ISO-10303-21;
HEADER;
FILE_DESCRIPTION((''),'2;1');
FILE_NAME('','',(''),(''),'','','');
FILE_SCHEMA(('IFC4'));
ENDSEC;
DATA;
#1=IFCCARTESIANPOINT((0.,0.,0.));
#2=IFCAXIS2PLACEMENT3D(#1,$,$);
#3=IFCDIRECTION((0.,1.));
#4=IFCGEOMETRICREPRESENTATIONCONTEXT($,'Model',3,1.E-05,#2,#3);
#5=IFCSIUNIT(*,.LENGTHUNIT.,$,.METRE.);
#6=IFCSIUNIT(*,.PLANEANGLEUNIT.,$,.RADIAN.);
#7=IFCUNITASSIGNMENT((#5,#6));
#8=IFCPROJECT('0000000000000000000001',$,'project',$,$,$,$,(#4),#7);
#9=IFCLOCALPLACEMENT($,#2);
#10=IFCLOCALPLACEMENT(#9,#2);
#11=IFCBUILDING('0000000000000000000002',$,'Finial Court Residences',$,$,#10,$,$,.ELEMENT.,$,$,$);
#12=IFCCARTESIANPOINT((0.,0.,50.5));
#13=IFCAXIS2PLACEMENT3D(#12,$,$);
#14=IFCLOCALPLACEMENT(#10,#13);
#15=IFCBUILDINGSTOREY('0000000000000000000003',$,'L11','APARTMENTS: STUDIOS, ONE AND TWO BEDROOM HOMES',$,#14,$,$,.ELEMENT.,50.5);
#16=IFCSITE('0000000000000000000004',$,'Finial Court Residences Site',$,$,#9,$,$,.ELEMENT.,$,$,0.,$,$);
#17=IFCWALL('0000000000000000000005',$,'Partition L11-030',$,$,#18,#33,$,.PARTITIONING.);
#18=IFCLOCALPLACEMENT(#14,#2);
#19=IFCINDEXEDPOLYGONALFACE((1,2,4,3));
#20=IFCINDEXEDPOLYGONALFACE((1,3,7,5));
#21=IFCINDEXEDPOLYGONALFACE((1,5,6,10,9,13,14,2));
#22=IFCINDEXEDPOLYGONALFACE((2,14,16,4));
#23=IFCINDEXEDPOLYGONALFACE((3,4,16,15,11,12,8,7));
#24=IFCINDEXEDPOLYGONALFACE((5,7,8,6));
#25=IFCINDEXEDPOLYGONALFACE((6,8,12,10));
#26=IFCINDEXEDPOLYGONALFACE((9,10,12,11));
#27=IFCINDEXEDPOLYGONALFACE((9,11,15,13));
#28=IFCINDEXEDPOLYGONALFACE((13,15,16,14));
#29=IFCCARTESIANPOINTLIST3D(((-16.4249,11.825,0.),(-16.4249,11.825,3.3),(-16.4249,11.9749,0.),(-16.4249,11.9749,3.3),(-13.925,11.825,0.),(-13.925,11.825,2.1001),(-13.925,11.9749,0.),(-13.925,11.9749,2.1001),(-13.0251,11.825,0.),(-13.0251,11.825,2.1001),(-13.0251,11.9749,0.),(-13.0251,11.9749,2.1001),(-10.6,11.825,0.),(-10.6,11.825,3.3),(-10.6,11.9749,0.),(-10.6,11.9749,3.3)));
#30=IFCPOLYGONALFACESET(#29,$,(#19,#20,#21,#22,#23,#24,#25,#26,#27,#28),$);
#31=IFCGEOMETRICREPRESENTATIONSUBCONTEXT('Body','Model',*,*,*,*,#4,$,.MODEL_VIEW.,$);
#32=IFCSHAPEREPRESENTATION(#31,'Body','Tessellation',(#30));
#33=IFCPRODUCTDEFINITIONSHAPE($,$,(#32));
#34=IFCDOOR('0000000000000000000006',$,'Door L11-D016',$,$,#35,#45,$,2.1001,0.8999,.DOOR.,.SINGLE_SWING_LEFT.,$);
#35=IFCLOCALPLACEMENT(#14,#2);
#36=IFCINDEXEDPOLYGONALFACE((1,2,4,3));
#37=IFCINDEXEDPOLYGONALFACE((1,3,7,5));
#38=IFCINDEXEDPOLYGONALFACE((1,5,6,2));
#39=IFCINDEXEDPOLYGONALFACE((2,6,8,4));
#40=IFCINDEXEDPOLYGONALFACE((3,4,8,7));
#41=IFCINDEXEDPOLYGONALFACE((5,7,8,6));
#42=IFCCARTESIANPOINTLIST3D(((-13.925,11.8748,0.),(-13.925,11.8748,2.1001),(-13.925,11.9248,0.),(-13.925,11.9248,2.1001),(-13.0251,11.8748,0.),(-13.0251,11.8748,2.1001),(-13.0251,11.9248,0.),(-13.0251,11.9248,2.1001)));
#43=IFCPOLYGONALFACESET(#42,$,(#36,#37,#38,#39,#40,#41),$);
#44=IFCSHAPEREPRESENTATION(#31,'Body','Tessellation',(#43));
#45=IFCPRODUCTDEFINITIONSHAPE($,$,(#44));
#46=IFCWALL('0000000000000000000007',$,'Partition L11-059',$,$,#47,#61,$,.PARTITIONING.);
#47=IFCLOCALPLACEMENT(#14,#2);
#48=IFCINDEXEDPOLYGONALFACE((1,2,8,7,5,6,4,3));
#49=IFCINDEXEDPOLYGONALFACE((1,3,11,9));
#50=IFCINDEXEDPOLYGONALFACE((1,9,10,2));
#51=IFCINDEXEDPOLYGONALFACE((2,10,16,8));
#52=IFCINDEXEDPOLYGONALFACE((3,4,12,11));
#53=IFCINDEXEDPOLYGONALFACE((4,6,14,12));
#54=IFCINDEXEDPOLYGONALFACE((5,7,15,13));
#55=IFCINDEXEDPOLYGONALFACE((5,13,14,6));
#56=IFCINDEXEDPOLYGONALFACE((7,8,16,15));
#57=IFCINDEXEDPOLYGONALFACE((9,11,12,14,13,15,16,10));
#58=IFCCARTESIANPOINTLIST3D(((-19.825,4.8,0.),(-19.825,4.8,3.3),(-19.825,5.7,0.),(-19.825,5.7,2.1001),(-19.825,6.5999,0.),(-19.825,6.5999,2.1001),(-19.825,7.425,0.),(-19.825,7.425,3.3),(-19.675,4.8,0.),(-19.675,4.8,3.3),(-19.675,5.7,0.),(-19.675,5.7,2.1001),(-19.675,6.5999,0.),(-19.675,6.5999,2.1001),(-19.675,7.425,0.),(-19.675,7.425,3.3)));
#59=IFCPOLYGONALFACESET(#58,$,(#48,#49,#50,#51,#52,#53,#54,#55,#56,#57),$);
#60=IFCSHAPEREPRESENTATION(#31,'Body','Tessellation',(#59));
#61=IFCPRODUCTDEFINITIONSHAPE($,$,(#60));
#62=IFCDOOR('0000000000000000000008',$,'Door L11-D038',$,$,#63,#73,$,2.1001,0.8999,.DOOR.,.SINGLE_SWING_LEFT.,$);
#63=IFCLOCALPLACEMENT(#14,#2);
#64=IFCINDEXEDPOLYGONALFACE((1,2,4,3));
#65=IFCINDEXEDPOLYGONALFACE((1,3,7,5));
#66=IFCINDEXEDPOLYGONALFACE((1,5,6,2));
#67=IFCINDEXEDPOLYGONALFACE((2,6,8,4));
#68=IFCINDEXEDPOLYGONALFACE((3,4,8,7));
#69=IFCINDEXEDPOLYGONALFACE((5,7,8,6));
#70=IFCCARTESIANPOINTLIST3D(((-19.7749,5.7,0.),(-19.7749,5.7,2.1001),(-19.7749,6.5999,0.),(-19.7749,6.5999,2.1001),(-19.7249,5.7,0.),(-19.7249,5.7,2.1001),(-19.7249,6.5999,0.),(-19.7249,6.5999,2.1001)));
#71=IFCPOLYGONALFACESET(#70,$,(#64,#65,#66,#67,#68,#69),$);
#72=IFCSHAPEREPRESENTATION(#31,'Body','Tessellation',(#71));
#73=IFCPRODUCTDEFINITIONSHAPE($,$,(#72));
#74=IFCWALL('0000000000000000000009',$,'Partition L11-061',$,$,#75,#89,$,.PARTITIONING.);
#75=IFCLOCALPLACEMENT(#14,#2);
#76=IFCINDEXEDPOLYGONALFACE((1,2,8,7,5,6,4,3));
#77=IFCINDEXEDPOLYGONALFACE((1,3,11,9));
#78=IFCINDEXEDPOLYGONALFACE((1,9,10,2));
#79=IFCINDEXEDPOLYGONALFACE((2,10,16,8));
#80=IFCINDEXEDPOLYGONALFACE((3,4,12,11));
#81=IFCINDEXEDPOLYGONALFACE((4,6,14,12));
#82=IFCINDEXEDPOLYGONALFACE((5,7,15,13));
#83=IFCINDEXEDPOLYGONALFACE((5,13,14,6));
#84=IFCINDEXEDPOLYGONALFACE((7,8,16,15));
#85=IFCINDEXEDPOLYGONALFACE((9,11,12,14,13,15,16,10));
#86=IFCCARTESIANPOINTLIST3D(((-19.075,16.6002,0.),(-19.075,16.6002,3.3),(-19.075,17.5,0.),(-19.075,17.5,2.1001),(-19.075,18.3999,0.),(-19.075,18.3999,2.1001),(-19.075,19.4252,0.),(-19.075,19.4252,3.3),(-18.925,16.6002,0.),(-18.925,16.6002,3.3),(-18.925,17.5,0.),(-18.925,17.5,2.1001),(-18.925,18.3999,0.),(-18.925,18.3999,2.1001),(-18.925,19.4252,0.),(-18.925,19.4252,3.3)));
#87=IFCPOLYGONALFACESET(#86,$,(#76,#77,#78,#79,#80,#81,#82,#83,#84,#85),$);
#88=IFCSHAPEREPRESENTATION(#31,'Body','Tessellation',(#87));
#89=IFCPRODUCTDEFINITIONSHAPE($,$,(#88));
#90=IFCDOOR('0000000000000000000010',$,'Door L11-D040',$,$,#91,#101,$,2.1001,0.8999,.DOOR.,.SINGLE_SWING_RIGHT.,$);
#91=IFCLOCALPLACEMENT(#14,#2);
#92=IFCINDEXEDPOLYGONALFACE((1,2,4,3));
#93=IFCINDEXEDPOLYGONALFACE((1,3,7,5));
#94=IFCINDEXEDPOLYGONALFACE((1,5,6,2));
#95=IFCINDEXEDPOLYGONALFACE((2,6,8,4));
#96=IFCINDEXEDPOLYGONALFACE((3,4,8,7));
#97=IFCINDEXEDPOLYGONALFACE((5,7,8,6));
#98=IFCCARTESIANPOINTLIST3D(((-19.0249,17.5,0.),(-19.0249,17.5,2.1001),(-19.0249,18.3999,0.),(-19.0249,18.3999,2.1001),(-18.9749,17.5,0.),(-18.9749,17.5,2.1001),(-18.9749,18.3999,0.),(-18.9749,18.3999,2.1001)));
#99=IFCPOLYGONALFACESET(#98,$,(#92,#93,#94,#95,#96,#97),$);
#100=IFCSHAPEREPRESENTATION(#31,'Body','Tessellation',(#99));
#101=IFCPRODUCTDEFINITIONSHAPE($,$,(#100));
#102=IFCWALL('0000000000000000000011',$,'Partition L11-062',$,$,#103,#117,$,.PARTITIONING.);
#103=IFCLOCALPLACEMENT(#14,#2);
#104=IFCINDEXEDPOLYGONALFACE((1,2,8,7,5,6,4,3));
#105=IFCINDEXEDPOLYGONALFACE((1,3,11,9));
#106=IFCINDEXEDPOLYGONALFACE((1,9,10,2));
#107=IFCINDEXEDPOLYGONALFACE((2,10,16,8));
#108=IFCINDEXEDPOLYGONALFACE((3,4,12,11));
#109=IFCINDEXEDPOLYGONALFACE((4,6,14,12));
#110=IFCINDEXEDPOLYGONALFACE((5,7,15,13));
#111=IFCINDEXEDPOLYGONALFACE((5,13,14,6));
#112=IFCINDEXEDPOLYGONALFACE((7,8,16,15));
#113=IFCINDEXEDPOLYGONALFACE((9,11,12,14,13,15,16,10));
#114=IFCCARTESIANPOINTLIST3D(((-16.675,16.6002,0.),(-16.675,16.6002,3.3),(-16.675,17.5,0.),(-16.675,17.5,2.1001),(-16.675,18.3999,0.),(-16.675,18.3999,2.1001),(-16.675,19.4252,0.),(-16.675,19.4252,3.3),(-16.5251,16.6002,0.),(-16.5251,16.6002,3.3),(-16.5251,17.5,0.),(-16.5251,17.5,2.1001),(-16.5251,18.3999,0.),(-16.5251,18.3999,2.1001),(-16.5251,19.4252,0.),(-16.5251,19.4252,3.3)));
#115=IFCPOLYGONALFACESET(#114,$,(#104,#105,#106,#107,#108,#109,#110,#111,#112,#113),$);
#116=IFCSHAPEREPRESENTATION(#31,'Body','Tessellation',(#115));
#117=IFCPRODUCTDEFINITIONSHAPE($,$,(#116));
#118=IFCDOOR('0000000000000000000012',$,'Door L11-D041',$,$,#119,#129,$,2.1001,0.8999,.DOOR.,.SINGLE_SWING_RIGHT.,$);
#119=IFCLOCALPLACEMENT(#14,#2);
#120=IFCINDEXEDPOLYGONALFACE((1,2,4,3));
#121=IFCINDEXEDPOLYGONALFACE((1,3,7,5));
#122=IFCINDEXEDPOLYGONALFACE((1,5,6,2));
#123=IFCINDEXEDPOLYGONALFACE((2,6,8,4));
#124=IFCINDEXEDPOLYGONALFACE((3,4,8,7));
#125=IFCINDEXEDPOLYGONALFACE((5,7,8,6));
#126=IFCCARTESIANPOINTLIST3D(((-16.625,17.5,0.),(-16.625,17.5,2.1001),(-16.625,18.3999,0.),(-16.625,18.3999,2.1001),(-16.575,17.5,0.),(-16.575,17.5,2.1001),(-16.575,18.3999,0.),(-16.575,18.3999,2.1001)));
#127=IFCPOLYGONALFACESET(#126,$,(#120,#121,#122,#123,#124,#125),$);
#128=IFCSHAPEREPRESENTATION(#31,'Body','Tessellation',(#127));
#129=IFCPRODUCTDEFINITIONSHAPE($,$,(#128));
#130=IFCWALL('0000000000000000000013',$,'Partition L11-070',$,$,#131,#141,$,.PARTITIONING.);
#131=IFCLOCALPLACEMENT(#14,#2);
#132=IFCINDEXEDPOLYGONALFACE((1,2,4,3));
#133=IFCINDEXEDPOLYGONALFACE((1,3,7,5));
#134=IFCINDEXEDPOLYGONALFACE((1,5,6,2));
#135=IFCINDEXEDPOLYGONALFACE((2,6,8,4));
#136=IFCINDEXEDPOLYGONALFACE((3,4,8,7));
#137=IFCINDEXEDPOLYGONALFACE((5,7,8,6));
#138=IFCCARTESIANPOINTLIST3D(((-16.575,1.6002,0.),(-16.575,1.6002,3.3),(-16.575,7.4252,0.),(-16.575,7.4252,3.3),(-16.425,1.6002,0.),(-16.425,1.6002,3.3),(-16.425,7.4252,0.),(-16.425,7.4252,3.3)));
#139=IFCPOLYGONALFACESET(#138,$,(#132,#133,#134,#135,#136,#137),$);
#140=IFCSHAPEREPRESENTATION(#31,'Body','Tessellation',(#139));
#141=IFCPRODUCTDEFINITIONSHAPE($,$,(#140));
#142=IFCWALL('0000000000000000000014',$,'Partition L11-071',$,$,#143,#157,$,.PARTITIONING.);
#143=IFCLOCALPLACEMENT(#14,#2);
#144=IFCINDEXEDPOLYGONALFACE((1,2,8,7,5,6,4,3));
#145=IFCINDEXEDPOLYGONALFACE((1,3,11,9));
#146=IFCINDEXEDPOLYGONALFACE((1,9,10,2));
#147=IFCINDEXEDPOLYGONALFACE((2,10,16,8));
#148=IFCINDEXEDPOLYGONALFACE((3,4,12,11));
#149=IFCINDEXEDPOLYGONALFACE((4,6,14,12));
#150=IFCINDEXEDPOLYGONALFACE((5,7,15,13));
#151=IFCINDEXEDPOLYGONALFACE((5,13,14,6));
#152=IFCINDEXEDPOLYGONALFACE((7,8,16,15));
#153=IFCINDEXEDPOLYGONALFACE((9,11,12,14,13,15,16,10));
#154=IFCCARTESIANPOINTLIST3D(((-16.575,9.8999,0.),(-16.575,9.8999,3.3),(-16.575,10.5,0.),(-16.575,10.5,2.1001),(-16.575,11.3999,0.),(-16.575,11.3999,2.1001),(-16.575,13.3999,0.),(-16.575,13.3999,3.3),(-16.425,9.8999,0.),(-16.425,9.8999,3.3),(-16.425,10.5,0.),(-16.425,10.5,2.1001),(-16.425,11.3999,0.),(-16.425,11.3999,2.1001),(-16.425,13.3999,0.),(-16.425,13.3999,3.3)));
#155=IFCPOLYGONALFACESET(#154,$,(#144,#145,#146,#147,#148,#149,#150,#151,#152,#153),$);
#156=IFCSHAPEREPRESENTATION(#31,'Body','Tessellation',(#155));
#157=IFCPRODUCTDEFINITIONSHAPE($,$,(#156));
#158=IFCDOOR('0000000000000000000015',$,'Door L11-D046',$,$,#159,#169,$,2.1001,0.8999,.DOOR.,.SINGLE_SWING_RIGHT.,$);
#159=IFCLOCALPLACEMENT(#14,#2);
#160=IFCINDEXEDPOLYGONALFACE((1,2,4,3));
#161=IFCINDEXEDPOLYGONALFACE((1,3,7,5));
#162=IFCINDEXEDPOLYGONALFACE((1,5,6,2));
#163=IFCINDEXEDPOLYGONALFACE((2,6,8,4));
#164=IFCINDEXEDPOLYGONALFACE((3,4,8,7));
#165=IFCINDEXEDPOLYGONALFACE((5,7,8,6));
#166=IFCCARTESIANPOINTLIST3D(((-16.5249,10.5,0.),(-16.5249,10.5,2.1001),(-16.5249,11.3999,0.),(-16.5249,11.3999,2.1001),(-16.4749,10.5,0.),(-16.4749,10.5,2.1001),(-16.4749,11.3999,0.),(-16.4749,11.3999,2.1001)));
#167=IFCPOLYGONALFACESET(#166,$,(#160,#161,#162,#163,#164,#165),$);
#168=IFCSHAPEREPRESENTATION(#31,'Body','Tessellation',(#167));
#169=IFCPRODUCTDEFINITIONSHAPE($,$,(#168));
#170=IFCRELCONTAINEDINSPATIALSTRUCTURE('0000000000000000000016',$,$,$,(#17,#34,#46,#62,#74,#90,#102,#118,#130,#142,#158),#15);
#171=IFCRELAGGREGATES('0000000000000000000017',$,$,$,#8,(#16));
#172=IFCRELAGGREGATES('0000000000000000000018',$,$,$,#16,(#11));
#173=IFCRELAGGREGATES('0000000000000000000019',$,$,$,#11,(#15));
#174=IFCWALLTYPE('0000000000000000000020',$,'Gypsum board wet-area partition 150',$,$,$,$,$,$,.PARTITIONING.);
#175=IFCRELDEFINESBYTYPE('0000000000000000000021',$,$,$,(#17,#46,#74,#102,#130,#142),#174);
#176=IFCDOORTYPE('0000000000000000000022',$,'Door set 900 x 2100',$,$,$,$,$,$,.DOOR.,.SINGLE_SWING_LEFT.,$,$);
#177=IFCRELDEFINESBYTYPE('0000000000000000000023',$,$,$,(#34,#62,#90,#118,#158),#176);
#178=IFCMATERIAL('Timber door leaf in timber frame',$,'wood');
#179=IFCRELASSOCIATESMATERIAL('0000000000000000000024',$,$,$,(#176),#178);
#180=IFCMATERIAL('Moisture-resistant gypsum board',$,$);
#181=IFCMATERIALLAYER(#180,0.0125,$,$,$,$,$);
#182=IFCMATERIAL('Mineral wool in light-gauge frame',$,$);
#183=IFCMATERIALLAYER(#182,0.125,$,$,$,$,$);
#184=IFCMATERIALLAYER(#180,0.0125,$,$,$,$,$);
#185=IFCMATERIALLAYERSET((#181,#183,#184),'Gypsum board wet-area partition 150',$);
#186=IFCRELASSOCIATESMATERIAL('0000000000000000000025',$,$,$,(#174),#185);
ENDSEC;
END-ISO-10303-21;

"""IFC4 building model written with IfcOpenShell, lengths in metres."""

from ifc_helpers import new_model, si_unit, direction, frame, frame_2d, origin, place, context, subcontext, project, spatial, rectangle, extrude, material, layer, layer_set, type_object, element, fill, save


model = new_model("IFC4")

# Units and contexts
model_context = context("Model", 3, precision=1e-05, world=origin(), true_north=direction((0.0, 1.0)))
body_context = subcontext(model_context, "Body", "Model", "MODEL_VIEW")
ifc_project = project(units=[si_unit("LENGTHUNIT", "METRE"), si_unit("PLANEANGLEUNIT", "RADIAN")], contexts=[model_context])

# Site, building, storey
site_placement = place(None, origin())
site = spatial("IfcSite", under=ifc_project, at=site_placement, Name="Finial Court Residences Site", CompositionType="ELEMENT", RefElevation=0.0)
building_placement = place(site_placement, origin())
building = spatial("IfcBuilding", under=site, at=building_placement, Name="Finial Court Residences", CompositionType="ELEMENT")
storey_placement = place(building_placement, frame((0.0, 0.0, 50.5)))
storey = spatial("IfcBuildingStorey", under=building, at=storey_placement, Name="L11", Description="APARTMENTS: STUDIOS, ONE AND TWO BEDROOM HOMES", CompositionType="ELEMENT", Elevation=50.5)

# Shared definitions
ifc_material_1 = material(Name="Mineral wool in light-gauge frame")
ifc_material_2 = material(Name="Timber door leaf in timber frame", Category="wood")
door_type = type_object("IfcDoorType", Name="Door set 900 x 2100", OperationType="SINGLE_SWING_LEFT", PredefinedType="DOOR", material=ifc_material_2)

# Shared definitions
ifc_material_3 = material(Name="Moisture-resistant gypsum board")
ifc_layer_1 = layer(ifc_material_3, 0.0125)
ifc_layer_2 = layer(ifc_material_1, 0.125)
ifc_layer_3 = layer(ifc_material_3, 0.0125)
ifc_layer_set_1 = layer_set([ifc_layer_1, ifc_layer_2, ifc_layer_3], Name="Gypsum board wet-area partition 150")
wall_type_1 = type_object("IfcWallType", Name="Gypsum board wet-area partition 150", PredefinedType="PARTITIONING", material=ifc_layer_set_1)

# Walls, openings, doors
wall_1_placement = place(storey_placement, frame((-16.425, 11.8999, 0.0), z_axis=(0.0, 0.0, 1.0), x_axis=(1.0, 0.0, 0.0)))
wall_1 = element("IfcWall", 1, at=wall_1_placement, inside=storey, type_object=wall_type_1, Name="Partition L11-030", PredefinedType="PARTITIONING", context=body_context, shape_type="SweptSolid", body=[
    extrude(rectangle(XDim=5.825, YDim=0.1499, at=frame_2d((2.9126, 0.0))), origin(), (0.0, 0.0, 1.0), 3.3),
])
opening_1_placement = place(wall_1_placement, frame((2.5, 0.0, 0.0)))
opening_1 = element("IfcOpeningElement", 2, at=opening_1_placement, cuts=wall_1, PredefinedType="OPENING", context=body_context, shape_type="SweptSolid", body=[
    extrude(rectangle(XDim=0.8999, YDim=2.1001, at=frame_2d((0.45, 1.05))), frame((0.0, 0.085, 0.0), z_axis=(0.0, -1.0, 0.0), x_axis=(1.0, 0.0, 0.0)), (0.0, 0.0, 1.0), 0.1699),
])
door_1_placement = place(opening_1_placement, origin())
door_1 = element("IfcDoor", 3, at=door_1_placement, inside=storey, type_object=door_type, Name="Door L11-D016", OperationType="SINGLE_SWING_LEFT", OverallHeight=2.1001, OverallWidth=0.8999, PredefinedType="DOOR", context=body_context, shape_type="SweptSolid", body=[
    extrude(rectangle(XDim=0.8999, YDim=2.1001, at=frame_2d((0.45, 1.05))), frame((0.0, 0.0249, 0.0), z_axis=(0.0, -1.0, 0.0), x_axis=(1.0, 0.0, 0.0)), (0.0, 0.0, 1.0), 0.05),
])
fill(opening_1, door_1)
wall_2_placement = place(storey_placement, frame((-19.75, 4.8, 0.0), z_axis=(0.0, 0.0, 1.0), x_axis=(0.0, 1.0, 0.0)))
wall_2 = element("IfcWall", 4, at=wall_2_placement, inside=storey, type_object=wall_type_1, Name="Partition L11-059", PredefinedType="PARTITIONING", context=body_context, shape_type="SweptSolid", body=[
    extrude(rectangle(XDim=2.625, YDim=0.1499, at=frame_2d((1.3125, 0.0))), origin(), (0.0, 0.0, 1.0), 3.3),
])
opening_2_placement = place(wall_2_placement, frame((0.8999, 0.0, 0.0)))
opening_2 = element("IfcOpeningElement", 5, at=opening_2_placement, cuts=wall_2, PredefinedType="OPENING", context=body_context, shape_type="SweptSolid", body=[
    extrude(rectangle(XDim=0.8999, YDim=2.1001, at=frame_2d((0.45, 1.05))), frame((0.0, 0.085, 0.0), z_axis=(0.0, -1.0, 0.0), x_axis=(1.0, 0.0, 0.0)), (0.0, 0.0, 1.0), 0.1699),
])
door_2_placement = place(opening_2_placement, origin())
door_2 = element("IfcDoor", 6, at=door_2_placement, inside=storey, type_object=door_type, Name="Door L11-D038", OperationType="SINGLE_SWING_LEFT", OverallHeight=2.1001, OverallWidth=0.8999, PredefinedType="DOOR", context=body_context, shape_type="SweptSolid", body=[
    extrude(rectangle(XDim=0.8999, YDim=2.1001, at=frame_2d((0.45, 1.05))), frame((0.0, 0.0249, 0.0), z_axis=(0.0, -1.0, 0.0), x_axis=(1.0, 0.0, 0.0)), (0.0, 0.0, 1.0), 0.05),
])
fill(opening_2, door_2)
wall_3_placement = place(storey_placement, frame((-19.0, 16.6001, 0.0), z_axis=(0.0, 0.0, 1.0), x_axis=(0.0, 1.0, 0.0)))
wall_3 = element("IfcWall", 7, at=wall_3_placement, inside=storey, type_object=wall_type_1, Name="Partition L11-061", PredefinedType="PARTITIONING", context=body_context, shape_type="SweptSolid", body=[
    extrude(rectangle(XDim=2.825, YDim=0.1499, at=frame_2d((1.4126, 0.0))), origin(), (0.0, 0.0, 1.0), 3.3),
])
opening_3_placement = place(wall_3_placement, frame((0.8999, 0.0, 0.0)))
opening_3 = element("IfcOpeningElement", 8, at=opening_3_placement, cuts=wall_3, PredefinedType="OPENING", context=body_context, shape_type="SweptSolid", body=[
    extrude(rectangle(XDim=0.8999, YDim=2.1001, at=frame_2d((0.45, 1.05))), frame((0.0, 0.085, 0.0), z_axis=(0.0, -1.0, 0.0), x_axis=(1.0, 0.0, 0.0)), (0.0, 0.0, 1.0), 0.1699),
])
door_3_placement = place(opening_3_placement, origin())
door_3 = element("IfcDoor", 9, at=door_3_placement, inside=storey, type_object=door_type, Name="Door L11-D040", OperationType="SINGLE_SWING_RIGHT", OverallHeight=2.1001, OverallWidth=0.8999, PredefinedType="DOOR", context=body_context, shape_type="SweptSolid", body=[
    extrude(rectangle(XDim=0.8999, YDim=2.1001, at=frame_2d((0.45, 1.05))), frame((0.0, 0.0249, 0.0), z_axis=(0.0, -1.0, 0.0), x_axis=(1.0, 0.0, 0.0)), (0.0, 0.0, 1.0), 0.05),
])
fill(opening_3, door_3)
wall_4_placement = place(storey_placement, frame((-16.6001, 16.6001, 0.0), z_axis=(0.0, 0.0, 1.0), x_axis=(0.0, 1.0, 0.0)))
wall_4 = element("IfcWall", 10, at=wall_4_placement, inside=storey, type_object=wall_type_1, Name="Partition L11-062", PredefinedType="PARTITIONING", context=body_context, shape_type="SweptSolid", body=[
    extrude(rectangle(XDim=2.825, YDim=0.1499, at=frame_2d((1.4126, 0.0))), origin(), (0.0, 0.0, 1.0), 3.3),
])
opening_4_placement = place(wall_4_placement, frame((0.8999, 0.0, 0.0)))
opening_4 = element("IfcOpeningElement", 11, at=opening_4_placement, cuts=wall_4, PredefinedType="OPENING", context=body_context, shape_type="SweptSolid", body=[
    extrude(rectangle(XDim=0.8999, YDim=2.1001, at=frame_2d((0.45, 1.05))), frame((0.0, 0.085, 0.0), z_axis=(0.0, -1.0, 0.0), x_axis=(1.0, 0.0, 0.0)), (0.0, 0.0, 1.0), 0.1699),
])
door_4_placement = place(opening_4_placement, origin())
door_4 = element("IfcDoor", 12, at=door_4_placement, inside=storey, type_object=door_type, Name="Door L11-D041", OperationType="SINGLE_SWING_RIGHT", OverallHeight=2.1001, OverallWidth=0.8999, PredefinedType="DOOR", context=body_context, shape_type="SweptSolid", body=[
    extrude(rectangle(XDim=0.8999, YDim=2.1001, at=frame_2d((0.45, 1.05))), frame((0.0, 0.0249, 0.0), z_axis=(0.0, -1.0, 0.0), x_axis=(1.0, 0.0, 0.0)), (0.0, 0.0, 1.0), 0.05),
])
fill(opening_4, door_4)

# Wall
wall_5_placement = place(storey_placement, frame((-16.5, 1.6001, 0.0), z_axis=(0.0, 0.0, 1.0), x_axis=(0.0, 1.0, 0.0)))
element("IfcWall", 13, at=wall_5_placement, inside=storey, type_object=wall_type_1, Name="Partition L11-070", PredefinedType="PARTITIONING", context=body_context, shape_type="SweptSolid", body=[
    extrude(rectangle(XDim=5.825, YDim=0.1499, at=frame_2d((2.9126, 0.0))), origin(), (0.0, 0.0, 1.0), 3.3),
])

# Wall, opening, door
wall_6_placement = place(storey_placement, frame((-16.5, 9.8999, 0.0), z_axis=(0.0, 0.0, 1.0), x_axis=(0.0, 1.0, 0.0)))
wall_6 = element("IfcWall", 14, at=wall_6_placement, inside=storey, type_object=wall_type_1, Name="Partition L11-071", PredefinedType="PARTITIONING", context=body_context, shape_type="SweptSolid", body=[
    extrude(rectangle(XDim=3.5, YDim=0.1499, at=frame_2d((1.75, 0.0))), origin(), (0.0, 0.0, 1.0), 3.3),
])
opening_5_placement = place(wall_6_placement, frame((0.6001, 0.0, 0.0)))
opening_5 = element("IfcOpeningElement", 15, at=opening_5_placement, cuts=wall_6, PredefinedType="OPENING", context=body_context, shape_type="SweptSolid", body=[
    extrude(rectangle(XDim=0.8999, YDim=2.1001, at=frame_2d((0.45, 1.05))), frame((0.0, 0.085, 0.0), z_axis=(0.0, -1.0, 0.0), x_axis=(1.0, 0.0, 0.0)), (0.0, 0.0, 1.0), 0.1699),
])
door_5_placement = place(opening_5_placement, origin())
door_5 = element("IfcDoor", 16, at=door_5_placement, inside=storey, type_object=door_type, Name="Door L11-D046", OperationType="SINGLE_SWING_RIGHT", OverallHeight=2.1001, OverallWidth=0.8999, PredefinedType="DOOR", context=body_context, shape_type="SweptSolid", body=[
    extrude(rectangle(XDim=0.8999, YDim=2.1001, at=frame_2d((0.45, 1.05))), frame((0.0, 0.0249, 0.0), z_axis=(0.0, -1.0, 0.0), x_axis=(1.0, 0.0, 0.0)), (0.0, 0.0, 1.0), 0.05),
])
fill(opening_5, door_5)

save(model, "model.ifc")
